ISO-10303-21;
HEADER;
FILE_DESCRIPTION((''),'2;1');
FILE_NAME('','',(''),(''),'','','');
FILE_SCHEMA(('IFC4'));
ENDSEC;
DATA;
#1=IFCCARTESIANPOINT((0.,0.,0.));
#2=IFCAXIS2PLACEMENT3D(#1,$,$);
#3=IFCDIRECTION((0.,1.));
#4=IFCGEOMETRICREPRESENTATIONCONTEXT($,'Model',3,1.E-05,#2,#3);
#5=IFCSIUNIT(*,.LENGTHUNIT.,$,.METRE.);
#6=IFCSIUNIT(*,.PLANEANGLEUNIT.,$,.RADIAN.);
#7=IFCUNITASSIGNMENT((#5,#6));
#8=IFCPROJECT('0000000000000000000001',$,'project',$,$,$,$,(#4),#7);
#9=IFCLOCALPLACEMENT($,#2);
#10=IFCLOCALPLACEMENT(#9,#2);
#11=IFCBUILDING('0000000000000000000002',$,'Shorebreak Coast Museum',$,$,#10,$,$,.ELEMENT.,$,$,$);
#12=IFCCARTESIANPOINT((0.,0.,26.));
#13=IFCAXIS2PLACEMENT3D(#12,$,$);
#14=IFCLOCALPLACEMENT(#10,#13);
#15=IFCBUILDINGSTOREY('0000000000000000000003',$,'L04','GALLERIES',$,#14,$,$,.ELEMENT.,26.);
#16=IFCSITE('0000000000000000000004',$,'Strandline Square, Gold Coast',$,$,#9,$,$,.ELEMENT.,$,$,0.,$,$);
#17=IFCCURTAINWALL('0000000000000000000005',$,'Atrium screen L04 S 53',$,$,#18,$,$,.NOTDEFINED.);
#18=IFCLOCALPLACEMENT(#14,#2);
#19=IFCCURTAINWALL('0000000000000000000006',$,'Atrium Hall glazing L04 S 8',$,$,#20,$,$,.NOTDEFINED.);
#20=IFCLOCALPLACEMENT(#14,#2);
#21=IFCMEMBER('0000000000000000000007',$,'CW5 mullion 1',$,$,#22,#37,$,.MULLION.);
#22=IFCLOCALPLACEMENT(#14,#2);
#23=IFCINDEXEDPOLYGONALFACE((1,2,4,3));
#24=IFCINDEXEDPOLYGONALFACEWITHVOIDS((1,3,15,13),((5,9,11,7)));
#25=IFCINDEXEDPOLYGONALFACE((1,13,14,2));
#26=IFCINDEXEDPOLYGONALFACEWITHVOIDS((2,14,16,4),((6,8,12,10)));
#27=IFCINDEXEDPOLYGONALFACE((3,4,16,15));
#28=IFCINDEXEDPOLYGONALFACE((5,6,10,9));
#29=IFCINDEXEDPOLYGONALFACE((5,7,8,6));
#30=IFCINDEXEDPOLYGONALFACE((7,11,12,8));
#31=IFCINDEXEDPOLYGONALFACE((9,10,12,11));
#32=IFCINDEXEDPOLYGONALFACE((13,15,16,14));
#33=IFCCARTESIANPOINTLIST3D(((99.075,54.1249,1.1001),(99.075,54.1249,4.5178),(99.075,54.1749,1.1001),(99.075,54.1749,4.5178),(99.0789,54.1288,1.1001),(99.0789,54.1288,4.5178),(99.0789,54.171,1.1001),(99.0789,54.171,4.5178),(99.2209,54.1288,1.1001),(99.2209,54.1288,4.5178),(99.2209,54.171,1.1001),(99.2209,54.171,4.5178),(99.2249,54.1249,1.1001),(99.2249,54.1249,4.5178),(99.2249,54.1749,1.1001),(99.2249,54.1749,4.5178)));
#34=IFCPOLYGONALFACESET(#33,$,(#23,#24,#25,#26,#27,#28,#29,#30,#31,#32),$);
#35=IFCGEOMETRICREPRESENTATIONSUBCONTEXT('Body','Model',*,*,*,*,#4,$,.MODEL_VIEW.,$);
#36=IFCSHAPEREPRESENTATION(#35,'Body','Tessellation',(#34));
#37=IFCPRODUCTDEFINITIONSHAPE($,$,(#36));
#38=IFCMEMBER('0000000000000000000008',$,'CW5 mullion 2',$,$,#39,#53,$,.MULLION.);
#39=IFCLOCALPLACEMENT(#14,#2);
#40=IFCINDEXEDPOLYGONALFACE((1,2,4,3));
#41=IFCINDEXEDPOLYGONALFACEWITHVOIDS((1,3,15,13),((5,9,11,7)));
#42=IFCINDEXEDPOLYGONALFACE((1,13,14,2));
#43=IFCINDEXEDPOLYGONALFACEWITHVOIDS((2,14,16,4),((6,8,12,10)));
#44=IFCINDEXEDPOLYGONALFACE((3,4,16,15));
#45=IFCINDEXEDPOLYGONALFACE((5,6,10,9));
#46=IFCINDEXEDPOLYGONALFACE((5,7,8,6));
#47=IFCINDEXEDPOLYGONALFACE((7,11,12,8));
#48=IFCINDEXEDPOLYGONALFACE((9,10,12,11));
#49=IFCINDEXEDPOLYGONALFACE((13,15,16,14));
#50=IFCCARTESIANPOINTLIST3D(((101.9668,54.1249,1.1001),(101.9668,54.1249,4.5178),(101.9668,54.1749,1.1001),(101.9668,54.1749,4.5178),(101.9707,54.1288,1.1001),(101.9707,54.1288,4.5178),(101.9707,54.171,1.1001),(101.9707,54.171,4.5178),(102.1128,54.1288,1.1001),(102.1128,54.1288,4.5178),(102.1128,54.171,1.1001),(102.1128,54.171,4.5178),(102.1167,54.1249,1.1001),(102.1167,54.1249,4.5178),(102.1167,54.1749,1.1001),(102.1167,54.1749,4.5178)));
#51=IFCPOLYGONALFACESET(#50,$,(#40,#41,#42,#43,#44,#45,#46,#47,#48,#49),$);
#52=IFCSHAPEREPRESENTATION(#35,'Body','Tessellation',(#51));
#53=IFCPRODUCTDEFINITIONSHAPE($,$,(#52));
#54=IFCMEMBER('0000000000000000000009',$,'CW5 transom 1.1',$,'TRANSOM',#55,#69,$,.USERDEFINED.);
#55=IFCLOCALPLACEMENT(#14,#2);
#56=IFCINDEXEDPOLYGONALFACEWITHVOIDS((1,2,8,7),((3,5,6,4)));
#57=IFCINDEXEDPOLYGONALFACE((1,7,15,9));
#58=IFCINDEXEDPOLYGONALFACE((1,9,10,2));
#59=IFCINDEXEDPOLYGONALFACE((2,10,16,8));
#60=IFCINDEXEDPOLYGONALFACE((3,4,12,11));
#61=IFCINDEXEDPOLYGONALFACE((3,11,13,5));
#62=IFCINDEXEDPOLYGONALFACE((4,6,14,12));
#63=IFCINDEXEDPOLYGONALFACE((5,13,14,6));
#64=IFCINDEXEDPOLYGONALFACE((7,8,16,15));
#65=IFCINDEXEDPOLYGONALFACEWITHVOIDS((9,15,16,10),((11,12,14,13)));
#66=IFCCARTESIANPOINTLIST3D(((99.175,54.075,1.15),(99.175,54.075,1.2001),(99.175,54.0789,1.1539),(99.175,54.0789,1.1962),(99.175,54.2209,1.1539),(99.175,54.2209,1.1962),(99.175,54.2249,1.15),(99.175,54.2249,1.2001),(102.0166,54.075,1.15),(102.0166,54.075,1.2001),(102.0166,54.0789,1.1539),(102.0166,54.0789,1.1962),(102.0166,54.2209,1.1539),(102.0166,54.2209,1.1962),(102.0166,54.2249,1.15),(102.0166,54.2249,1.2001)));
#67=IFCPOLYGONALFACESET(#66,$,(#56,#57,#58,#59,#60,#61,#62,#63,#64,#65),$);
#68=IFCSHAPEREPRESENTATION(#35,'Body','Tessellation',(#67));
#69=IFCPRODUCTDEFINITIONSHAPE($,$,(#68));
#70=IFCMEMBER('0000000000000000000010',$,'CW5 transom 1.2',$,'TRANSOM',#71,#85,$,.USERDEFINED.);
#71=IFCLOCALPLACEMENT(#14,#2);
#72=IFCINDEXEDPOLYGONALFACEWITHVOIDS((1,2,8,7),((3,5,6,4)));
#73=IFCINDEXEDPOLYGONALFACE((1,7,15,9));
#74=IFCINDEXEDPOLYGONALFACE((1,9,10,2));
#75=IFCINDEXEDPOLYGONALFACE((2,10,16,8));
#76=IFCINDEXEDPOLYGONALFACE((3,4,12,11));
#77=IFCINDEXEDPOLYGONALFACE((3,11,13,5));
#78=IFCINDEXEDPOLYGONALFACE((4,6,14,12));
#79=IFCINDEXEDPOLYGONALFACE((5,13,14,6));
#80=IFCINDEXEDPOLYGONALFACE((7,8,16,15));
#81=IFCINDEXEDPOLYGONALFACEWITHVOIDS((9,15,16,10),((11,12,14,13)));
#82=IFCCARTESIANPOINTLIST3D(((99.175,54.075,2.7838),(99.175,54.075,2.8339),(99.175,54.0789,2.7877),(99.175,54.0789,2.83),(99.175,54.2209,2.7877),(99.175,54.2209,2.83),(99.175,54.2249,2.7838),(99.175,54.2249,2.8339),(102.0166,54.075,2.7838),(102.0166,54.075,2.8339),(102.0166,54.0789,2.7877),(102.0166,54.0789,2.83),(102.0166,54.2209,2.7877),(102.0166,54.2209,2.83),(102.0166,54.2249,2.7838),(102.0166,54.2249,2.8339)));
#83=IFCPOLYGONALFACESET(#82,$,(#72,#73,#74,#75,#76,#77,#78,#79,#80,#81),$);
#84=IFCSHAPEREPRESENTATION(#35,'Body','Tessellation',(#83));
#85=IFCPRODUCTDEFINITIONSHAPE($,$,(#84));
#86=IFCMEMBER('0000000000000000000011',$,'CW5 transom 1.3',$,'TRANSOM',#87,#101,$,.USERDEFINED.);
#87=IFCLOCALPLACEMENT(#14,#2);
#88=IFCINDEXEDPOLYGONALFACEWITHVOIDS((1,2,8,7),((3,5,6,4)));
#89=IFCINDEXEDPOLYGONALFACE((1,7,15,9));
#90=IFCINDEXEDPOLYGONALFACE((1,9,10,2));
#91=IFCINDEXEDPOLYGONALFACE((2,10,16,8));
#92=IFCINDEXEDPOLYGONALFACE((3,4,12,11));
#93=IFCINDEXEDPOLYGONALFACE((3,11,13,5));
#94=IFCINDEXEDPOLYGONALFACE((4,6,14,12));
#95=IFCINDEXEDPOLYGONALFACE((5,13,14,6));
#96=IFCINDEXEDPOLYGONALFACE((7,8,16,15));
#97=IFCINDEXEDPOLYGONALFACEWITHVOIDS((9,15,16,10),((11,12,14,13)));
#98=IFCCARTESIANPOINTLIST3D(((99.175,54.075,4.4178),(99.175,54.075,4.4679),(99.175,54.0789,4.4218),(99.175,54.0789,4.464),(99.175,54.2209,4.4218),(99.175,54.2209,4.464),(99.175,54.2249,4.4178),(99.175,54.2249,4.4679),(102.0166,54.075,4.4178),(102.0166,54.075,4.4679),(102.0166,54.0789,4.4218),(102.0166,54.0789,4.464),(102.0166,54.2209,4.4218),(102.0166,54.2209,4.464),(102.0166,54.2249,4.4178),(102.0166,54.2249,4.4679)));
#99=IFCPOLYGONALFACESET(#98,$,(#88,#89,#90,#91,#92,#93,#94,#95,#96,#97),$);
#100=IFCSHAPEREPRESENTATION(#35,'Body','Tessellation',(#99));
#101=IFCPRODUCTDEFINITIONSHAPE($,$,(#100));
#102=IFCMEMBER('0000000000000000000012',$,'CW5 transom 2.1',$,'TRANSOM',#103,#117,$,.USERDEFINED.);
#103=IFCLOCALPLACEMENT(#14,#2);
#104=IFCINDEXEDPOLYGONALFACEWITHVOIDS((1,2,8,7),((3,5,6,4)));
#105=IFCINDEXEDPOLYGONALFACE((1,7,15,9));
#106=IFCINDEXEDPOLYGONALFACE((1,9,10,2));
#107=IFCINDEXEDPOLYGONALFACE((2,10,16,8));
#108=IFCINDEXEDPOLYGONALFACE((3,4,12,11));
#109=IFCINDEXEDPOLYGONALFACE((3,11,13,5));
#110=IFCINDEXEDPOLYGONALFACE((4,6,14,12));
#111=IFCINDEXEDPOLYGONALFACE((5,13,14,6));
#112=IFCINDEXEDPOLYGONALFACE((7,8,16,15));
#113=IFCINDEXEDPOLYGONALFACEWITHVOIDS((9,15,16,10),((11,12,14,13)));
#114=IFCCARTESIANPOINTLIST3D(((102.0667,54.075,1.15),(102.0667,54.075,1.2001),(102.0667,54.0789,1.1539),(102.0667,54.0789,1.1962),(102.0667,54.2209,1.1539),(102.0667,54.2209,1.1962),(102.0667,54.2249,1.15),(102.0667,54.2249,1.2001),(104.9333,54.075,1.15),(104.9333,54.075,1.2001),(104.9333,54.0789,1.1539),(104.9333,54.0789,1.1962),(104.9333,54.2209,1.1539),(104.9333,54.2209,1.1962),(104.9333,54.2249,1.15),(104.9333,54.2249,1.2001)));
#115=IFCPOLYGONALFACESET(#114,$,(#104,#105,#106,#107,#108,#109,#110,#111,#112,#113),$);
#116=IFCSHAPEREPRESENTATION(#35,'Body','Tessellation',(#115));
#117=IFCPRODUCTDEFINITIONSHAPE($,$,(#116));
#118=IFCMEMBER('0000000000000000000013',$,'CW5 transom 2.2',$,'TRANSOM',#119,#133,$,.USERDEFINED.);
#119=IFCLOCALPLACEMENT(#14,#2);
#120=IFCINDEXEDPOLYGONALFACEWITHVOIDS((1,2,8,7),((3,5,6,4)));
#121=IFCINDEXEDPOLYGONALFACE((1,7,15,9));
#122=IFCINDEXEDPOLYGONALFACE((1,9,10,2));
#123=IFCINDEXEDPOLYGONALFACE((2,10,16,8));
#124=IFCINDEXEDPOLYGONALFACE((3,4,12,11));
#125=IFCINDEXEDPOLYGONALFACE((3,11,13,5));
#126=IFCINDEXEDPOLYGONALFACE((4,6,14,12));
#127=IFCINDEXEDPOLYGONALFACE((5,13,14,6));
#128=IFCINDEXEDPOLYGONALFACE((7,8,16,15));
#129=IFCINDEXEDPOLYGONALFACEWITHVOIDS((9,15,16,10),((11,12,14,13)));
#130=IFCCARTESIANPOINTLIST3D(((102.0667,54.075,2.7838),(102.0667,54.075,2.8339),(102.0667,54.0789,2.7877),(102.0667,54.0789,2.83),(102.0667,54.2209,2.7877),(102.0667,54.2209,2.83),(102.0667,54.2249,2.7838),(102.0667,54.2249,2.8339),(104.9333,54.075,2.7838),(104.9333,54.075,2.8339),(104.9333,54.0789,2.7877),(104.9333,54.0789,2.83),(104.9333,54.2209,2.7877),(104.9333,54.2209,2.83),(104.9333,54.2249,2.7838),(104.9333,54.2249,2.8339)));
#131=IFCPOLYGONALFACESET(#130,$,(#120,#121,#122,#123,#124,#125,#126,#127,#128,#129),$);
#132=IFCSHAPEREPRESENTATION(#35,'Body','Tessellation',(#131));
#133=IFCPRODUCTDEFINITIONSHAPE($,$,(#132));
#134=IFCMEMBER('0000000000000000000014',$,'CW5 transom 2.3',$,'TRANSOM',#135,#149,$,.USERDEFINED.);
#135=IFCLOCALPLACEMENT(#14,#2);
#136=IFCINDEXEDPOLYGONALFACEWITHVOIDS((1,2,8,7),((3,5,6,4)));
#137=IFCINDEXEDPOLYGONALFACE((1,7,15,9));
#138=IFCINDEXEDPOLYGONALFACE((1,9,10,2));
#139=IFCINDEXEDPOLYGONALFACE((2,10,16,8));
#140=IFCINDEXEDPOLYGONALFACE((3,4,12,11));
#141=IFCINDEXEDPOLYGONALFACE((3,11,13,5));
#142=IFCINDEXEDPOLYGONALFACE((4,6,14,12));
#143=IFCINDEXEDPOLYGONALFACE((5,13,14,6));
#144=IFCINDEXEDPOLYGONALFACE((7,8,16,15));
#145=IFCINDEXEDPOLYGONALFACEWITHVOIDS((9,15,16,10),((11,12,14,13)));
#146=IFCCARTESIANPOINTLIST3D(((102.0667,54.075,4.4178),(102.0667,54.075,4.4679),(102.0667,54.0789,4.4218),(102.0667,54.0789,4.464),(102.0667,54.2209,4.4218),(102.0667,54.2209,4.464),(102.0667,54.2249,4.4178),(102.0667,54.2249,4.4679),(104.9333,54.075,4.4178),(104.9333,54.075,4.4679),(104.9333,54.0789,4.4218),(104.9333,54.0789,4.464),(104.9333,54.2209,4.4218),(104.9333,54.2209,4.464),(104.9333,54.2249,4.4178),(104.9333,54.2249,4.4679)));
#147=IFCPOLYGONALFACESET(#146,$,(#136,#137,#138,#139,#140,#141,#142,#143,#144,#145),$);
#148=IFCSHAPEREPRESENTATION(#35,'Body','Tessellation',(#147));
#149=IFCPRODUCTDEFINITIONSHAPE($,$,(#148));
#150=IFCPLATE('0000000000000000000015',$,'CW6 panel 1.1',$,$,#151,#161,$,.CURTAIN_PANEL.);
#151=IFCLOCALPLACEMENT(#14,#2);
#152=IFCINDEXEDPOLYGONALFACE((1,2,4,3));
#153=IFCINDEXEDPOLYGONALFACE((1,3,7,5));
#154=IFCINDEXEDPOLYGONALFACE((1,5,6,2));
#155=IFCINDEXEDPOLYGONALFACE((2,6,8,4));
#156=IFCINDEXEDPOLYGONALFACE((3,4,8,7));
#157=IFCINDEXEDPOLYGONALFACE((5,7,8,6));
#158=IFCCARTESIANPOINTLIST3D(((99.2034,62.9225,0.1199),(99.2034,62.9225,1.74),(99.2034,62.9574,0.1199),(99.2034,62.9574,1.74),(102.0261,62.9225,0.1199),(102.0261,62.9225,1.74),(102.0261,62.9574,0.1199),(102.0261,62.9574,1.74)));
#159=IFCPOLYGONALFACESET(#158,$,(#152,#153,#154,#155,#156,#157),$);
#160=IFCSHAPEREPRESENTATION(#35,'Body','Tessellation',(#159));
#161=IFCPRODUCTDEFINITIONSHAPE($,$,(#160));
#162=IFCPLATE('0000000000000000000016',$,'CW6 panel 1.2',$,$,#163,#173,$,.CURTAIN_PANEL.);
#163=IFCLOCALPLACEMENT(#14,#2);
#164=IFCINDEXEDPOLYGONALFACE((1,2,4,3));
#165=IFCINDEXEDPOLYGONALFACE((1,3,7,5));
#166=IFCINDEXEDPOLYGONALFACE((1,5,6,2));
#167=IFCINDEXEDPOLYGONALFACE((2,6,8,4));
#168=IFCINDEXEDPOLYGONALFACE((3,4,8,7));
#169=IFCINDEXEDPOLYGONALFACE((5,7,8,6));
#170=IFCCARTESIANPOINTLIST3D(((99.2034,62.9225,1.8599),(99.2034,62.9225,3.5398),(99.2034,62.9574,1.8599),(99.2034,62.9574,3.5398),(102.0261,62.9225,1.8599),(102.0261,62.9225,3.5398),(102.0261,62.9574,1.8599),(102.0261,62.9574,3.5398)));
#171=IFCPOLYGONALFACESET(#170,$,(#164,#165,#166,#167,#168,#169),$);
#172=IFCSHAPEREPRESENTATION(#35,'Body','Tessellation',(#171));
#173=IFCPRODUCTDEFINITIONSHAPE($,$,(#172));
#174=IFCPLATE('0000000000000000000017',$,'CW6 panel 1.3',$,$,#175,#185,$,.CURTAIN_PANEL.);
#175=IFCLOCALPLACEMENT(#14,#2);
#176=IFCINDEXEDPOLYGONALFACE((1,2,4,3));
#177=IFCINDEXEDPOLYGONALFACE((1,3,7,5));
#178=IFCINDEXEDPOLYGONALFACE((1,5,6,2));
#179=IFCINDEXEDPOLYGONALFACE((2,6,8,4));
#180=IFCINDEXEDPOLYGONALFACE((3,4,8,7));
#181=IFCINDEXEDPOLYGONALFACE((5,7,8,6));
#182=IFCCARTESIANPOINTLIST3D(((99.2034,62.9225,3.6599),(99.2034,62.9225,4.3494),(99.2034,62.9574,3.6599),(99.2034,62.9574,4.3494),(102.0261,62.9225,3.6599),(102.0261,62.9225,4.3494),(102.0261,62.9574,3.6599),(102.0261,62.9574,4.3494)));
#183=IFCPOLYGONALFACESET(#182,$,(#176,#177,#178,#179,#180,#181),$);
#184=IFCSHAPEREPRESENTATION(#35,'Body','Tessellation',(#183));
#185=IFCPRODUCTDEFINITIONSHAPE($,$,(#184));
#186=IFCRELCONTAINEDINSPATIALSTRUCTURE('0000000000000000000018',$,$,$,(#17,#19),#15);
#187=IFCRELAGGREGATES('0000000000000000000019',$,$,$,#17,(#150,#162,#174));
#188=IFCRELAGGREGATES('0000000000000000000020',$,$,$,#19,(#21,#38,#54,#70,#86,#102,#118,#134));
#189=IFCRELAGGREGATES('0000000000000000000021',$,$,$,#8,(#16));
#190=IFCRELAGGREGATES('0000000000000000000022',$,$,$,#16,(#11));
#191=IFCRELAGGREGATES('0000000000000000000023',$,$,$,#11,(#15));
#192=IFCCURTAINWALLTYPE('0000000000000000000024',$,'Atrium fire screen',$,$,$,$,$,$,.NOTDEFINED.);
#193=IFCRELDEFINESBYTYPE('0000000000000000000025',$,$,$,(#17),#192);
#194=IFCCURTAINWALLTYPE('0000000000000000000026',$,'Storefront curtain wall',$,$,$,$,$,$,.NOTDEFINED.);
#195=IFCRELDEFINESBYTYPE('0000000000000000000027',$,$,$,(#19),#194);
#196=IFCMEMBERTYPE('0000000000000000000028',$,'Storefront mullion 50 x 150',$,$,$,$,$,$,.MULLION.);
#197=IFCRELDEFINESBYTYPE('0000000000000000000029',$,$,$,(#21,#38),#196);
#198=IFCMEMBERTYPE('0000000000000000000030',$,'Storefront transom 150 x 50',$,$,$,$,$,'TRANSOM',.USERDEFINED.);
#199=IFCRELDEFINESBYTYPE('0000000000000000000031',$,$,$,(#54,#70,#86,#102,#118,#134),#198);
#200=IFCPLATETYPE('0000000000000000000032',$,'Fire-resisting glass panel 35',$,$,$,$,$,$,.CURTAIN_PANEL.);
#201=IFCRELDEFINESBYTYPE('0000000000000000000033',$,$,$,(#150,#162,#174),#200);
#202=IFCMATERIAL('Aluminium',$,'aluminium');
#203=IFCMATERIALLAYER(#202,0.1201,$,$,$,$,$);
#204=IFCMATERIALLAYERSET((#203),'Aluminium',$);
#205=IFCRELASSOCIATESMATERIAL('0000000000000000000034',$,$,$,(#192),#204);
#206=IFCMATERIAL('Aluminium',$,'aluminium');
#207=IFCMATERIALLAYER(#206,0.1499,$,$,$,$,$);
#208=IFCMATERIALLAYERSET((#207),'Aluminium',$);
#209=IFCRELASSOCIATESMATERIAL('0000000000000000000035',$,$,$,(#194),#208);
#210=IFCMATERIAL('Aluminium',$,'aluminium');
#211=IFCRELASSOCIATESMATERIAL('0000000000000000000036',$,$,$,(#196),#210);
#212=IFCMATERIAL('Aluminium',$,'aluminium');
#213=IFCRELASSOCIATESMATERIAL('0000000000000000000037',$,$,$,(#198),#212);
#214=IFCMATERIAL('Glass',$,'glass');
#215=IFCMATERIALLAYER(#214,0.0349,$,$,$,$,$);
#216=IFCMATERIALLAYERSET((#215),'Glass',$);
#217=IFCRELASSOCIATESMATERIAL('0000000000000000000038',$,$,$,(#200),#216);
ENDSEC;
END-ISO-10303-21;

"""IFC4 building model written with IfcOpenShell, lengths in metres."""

from ifc_helpers import new_model, si_unit, direction, frame, origin, origin_2d, place, context, subcontext, project, spatial, rectangle, hollow_rectangle, extrude, material, layer, layer_set, material_profile, profile_set, type_object, element, aggregate, save


model = new_model("IFC4")

# Units and contexts
model_context = context("Model", 3, precision=1e-05, world=origin(), true_north=direction((0.0, 1.0)))
body_context = subcontext(model_context, "Body", "Model", "MODEL_VIEW")
ifc_project = project(units=[si_unit("LENGTHUNIT", "METRE"), si_unit("PLANEANGLEUNIT", "RADIAN")], contexts=[model_context])

# Site, building, storey
site_placement = place(None, origin())
site = spatial("IfcSite", under=ifc_project, at=site_placement, Name="Strandline Square, Gold Coast", CompositionType="ELEMENT", RefElevation=0.0)
building_placement = place(site_placement, origin())
building = spatial("IfcBuilding", under=site, at=building_placement, Name="Shorebreak Coast Museum", CompositionType="ELEMENT")
storey_placement = place(building_placement, frame((0.0, 0.0, 26.0)))
storey = spatial("IfcBuildingStorey", under=building, at=storey_placement, Name="L04", Description="GALLERIES", CompositionType="ELEMENT", Elevation=26.0)

# Shared definitions
ifc_material_1 = material(Name="Aluminium", Category="aluminium")
ifc_layer_1 = layer(ifc_material_1, 0.1201)
ifc_layer_set_1 = layer_set([ifc_layer_1], Name="Aluminium")
curtain_wall_type_1 = type_object("IfcCurtainWallType", Name="Atrium fire screen", PredefinedType="NOTDEFINED", material=ifc_layer_set_1)

# Curtain wall
curtain_wall_1_placement = place(storey_placement, origin())
curtain_wall_1 = element("IfcCurtainWall", 1, at=curtain_wall_1_placement, inside=storey, type_object=curtain_wall_type_1, Name="Atrium screen L04 S 53", PredefinedType="NOTDEFINED")

# Shared definitions
ifc_material_2 = material(Name="Aluminium", Category="aluminium")
ifc_layer_2 = layer(ifc_material_2, 0.1499)
ifc_layer_set_2 = layer_set([ifc_layer_2], Name="Aluminium")
curtain_wall_type_2 = type_object("IfcCurtainWallType", Name="Storefront curtain wall", PredefinedType="NOTDEFINED", material=ifc_layer_set_2)
ifc_material_3 = material(Name="Aluminium", Category="aluminium")
ifc_material_profile_1 = material_profile(ifc_material_3, hollow_rectangle(XDim=0.05, YDim=0.1499, WallThickness=0.0039, at=origin_2d()), Name="AL 150x50 RHS")
ifc_profile_set_1 = profile_set([ifc_material_profile_1], Name="Aluminium")
member_type_1 = type_object("IfcMemberType", Name="Storefront mullion 50 x 150", PredefinedType="MULLION", material=ifc_profile_set_1)

# Curtain wall, members
curtain_wall_2_placement = place(storey_placement, origin())
curtain_wall_2 = element("IfcCurtainWall", 2, at=curtain_wall_2_placement, inside=storey, type_object=curtain_wall_type_2, Name="Atrium Hall glazing L04 S 8", PredefinedType="NOTDEFINED")
member_1_placement = place(storey_placement, frame((99.1499, 54.1499, 1.1001), z_axis=(0.0, 0.0, 1.0), x_axis=(0.0, 1.0, 0.0)))
member_1 = element("IfcMember", 3, at=member_1_placement, type_object=member_type_1, Name="CW5 mullion 1", PredefinedType="MULLION", context=body_context, shape_type="SweptSolid", body=[
    extrude(hollow_rectangle(XDim=0.05, YDim=0.1499, WallThickness=0.0039, at=origin_2d()), origin(), (0.0, 0.0, 1.0), 3.4177),
])
member_2_placement = place(storey_placement, frame((102.0417, 54.1499, 1.1001), z_axis=(0.0, 0.0, 1.0), x_axis=(0.0, 1.0, 0.0)))
member_2 = element("IfcMember", 4, at=member_2_placement, type_object=member_type_1, Name="CW5 mullion 2", PredefinedType="MULLION", context=body_context, shape_type="SweptSolid", body=[
    extrude(hollow_rectangle(XDim=0.05, YDim=0.1499, WallThickness=0.0039, at=origin_2d()), origin(), (0.0, 0.0, 1.0), 3.4177),
])
ifc_material_4 = material(Name="Aluminium", Category="aluminium")
ifc_material_profile_2 = material_profile(ifc_material_4, hollow_rectangle(XDim=0.1499, YDim=0.05, WallThickness=0.0039, at=origin_2d()), Name="AL 50x150 RHS")
ifc_profile_set_2 = profile_set([ifc_material_profile_2], Name="Aluminium")
member_type_2 = type_object("IfcMemberType", Name="Storefront transom 150 x 50", ElementType="TRANSOM", PredefinedType="USERDEFINED", material=ifc_profile_set_2)
member_3_placement = place(storey_placement, frame((99.175, 54.1499, 1.175), z_axis=(1.0, 0.0, 0.0), x_axis=(0.0, 1.0, 0.0)))
member_3 = element("IfcMember", 5, at=member_3_placement, type_object=member_type_2, Name="CW5 transom 1.1", ObjectType="TRANSOM", PredefinedType="USERDEFINED", context=body_context, shape_type="SweptSolid", body=[
    extrude(hollow_rectangle(XDim=0.1499, YDim=0.05, WallThickness=0.0039, at=origin_2d()), origin(), (0.0, 0.0, 1.0), 2.8416),
])
member_4_placement = place(storey_placement, frame((99.175, 54.1499, 2.8088), z_axis=(1.0, 0.0, 0.0), x_axis=(0.0, 1.0, 0.0)))
member_4 = element("IfcMember", 6, at=member_4_placement, type_object=member_type_2, Name="CW5 transom 1.2", ObjectType="TRANSOM", PredefinedType="USERDEFINED", context=body_context, shape_type="SweptSolid", body=[
    extrude(hollow_rectangle(XDim=0.1499, YDim=0.05, WallThickness=0.0039, at=origin_2d()), origin(), (0.0, 0.0, 1.0), 2.8416),
])
member_5_placement = place(storey_placement, frame((99.175, 54.1499, 4.4429), z_axis=(1.0, 0.0, 0.0), x_axis=(0.0, 1.0, 0.0)))
member_5 = element("IfcMember", 7, at=member_5_placement, type_object=member_type_2, Name="CW5 transom 1.3", ObjectType="TRANSOM", PredefinedType="USERDEFINED", context=body_context, shape_type="SweptSolid", body=[
    extrude(hollow_rectangle(XDim=0.1499, YDim=0.05, WallThickness=0.0039, at=origin_2d()), origin(), (0.0, 0.0, 1.0), 2.8416),
])
member_6_placement = place(storey_placement, frame((102.0667, 54.1499, 1.175), z_axis=(1.0, 0.0, 0.0), x_axis=(0.0, 1.0, 0.0)))
member_6 = element("IfcMember", 8, at=member_6_placement, type_object=member_type_2, Name="CW5 transom 2.1", ObjectType="TRANSOM", PredefinedType="USERDEFINED", context=body_context, shape_type="SweptSolid", body=[
    extrude(hollow_rectangle(XDim=0.1499, YDim=0.05, WallThickness=0.0039, at=origin_2d()), origin(), (0.0, 0.0, 1.0), 2.8667),
])
member_7_placement = place(storey_placement, frame((102.0667, 54.1499, 2.8088), z_axis=(1.0, 0.0, 0.0), x_axis=(0.0, 1.0, 0.0)))
member_7 = element("IfcMember", 9, at=member_7_placement, type_object=member_type_2, Name="CW5 transom 2.2", ObjectType="TRANSOM", PredefinedType="USERDEFINED", context=body_context, shape_type="SweptSolid", body=[
    extrude(hollow_rectangle(XDim=0.1499, YDim=0.05, WallThickness=0.0039, at=origin_2d()), origin(), (0.0, 0.0, 1.0), 2.8667),
])
member_8_placement = place(storey_placement, frame((102.0667, 54.1499, 4.4429), z_axis=(1.0, 0.0, 0.0), x_axis=(0.0, 1.0, 0.0)))
member_8 = element("IfcMember", 10, at=member_8_placement, type_object=member_type_2, Name="CW5 transom 2.3", ObjectType="TRANSOM", PredefinedType="USERDEFINED", context=body_context, shape_type="SweptSolid", body=[
    extrude(hollow_rectangle(XDim=0.1499, YDim=0.05, WallThickness=0.0039, at=origin_2d()), origin(), (0.0, 0.0, 1.0), 2.8667),
])

# Plates
ifc_material_5 = material(Name="Glass", Category="glass")
ifc_layer_3 = layer(ifc_material_5, 0.0349)
ifc_layer_set_3 = layer_set([ifc_layer_3], Name="Glass")
plate_type_1 = type_object("IfcPlateType", Name="Fire-resisting glass panel 35", PredefinedType="CURTAIN_PANEL", material=ifc_layer_set_3)
plate_1_placement = place(storey_placement, frame((100.6147, 62.9399, 0.1199), z_axis=(0.0, 0.0, 1.0), x_axis=(1.0, 0.0, 0.0)))
plate_1 = element("IfcPlate", 11, at=plate_1_placement, type_object=plate_type_1, Name="CW6 panel 1.1", PredefinedType="CURTAIN_PANEL", context=body_context, shape_type="SweptSolid", body=[
    extrude(rectangle(XDim=2.8228, YDim=0.0349, at=origin_2d()), origin(), (0.0, 0.0, 1.0), 1.6201),
])
plate_2_placement = place(storey_placement, frame((100.6147, 62.9399, 1.8599), z_axis=(0.0, 0.0, 1.0), x_axis=(1.0, 0.0, 0.0)))
plate_2 = element("IfcPlate", 12, at=plate_2_placement, type_object=plate_type_1, Name="CW6 panel 1.2", PredefinedType="CURTAIN_PANEL", context=body_context, shape_type="SweptSolid", body=[
    extrude(rectangle(XDim=2.8228, YDim=0.0349, at=origin_2d()), origin(), (0.0, 0.0, 1.0), 1.6799),
])
plate_3_placement = place(storey_placement, frame((100.6147, 62.9399, 3.6599), z_axis=(0.0, 0.0, 1.0), x_axis=(1.0, 0.0, 0.0)))
plate_3 = element("IfcPlate", 13, at=plate_3_placement, type_object=plate_type_1, Name="CW6 panel 1.3", PredefinedType="CURTAIN_PANEL", context=body_context, shape_type="SweptSolid", body=[
    extrude(rectangle(XDim=2.8228, YDim=0.0349, at=origin_2d()), origin(), (0.0, 0.0, 1.0), 0.6895),
])
aggregate(curtain_wall_1, [plate_1, plate_2, plate_3])
aggregate(curtain_wall_2, [member_1, member_2, member_3, member_4, member_5, member_6, member_7, member_8])

save(model, "model.ifc")
